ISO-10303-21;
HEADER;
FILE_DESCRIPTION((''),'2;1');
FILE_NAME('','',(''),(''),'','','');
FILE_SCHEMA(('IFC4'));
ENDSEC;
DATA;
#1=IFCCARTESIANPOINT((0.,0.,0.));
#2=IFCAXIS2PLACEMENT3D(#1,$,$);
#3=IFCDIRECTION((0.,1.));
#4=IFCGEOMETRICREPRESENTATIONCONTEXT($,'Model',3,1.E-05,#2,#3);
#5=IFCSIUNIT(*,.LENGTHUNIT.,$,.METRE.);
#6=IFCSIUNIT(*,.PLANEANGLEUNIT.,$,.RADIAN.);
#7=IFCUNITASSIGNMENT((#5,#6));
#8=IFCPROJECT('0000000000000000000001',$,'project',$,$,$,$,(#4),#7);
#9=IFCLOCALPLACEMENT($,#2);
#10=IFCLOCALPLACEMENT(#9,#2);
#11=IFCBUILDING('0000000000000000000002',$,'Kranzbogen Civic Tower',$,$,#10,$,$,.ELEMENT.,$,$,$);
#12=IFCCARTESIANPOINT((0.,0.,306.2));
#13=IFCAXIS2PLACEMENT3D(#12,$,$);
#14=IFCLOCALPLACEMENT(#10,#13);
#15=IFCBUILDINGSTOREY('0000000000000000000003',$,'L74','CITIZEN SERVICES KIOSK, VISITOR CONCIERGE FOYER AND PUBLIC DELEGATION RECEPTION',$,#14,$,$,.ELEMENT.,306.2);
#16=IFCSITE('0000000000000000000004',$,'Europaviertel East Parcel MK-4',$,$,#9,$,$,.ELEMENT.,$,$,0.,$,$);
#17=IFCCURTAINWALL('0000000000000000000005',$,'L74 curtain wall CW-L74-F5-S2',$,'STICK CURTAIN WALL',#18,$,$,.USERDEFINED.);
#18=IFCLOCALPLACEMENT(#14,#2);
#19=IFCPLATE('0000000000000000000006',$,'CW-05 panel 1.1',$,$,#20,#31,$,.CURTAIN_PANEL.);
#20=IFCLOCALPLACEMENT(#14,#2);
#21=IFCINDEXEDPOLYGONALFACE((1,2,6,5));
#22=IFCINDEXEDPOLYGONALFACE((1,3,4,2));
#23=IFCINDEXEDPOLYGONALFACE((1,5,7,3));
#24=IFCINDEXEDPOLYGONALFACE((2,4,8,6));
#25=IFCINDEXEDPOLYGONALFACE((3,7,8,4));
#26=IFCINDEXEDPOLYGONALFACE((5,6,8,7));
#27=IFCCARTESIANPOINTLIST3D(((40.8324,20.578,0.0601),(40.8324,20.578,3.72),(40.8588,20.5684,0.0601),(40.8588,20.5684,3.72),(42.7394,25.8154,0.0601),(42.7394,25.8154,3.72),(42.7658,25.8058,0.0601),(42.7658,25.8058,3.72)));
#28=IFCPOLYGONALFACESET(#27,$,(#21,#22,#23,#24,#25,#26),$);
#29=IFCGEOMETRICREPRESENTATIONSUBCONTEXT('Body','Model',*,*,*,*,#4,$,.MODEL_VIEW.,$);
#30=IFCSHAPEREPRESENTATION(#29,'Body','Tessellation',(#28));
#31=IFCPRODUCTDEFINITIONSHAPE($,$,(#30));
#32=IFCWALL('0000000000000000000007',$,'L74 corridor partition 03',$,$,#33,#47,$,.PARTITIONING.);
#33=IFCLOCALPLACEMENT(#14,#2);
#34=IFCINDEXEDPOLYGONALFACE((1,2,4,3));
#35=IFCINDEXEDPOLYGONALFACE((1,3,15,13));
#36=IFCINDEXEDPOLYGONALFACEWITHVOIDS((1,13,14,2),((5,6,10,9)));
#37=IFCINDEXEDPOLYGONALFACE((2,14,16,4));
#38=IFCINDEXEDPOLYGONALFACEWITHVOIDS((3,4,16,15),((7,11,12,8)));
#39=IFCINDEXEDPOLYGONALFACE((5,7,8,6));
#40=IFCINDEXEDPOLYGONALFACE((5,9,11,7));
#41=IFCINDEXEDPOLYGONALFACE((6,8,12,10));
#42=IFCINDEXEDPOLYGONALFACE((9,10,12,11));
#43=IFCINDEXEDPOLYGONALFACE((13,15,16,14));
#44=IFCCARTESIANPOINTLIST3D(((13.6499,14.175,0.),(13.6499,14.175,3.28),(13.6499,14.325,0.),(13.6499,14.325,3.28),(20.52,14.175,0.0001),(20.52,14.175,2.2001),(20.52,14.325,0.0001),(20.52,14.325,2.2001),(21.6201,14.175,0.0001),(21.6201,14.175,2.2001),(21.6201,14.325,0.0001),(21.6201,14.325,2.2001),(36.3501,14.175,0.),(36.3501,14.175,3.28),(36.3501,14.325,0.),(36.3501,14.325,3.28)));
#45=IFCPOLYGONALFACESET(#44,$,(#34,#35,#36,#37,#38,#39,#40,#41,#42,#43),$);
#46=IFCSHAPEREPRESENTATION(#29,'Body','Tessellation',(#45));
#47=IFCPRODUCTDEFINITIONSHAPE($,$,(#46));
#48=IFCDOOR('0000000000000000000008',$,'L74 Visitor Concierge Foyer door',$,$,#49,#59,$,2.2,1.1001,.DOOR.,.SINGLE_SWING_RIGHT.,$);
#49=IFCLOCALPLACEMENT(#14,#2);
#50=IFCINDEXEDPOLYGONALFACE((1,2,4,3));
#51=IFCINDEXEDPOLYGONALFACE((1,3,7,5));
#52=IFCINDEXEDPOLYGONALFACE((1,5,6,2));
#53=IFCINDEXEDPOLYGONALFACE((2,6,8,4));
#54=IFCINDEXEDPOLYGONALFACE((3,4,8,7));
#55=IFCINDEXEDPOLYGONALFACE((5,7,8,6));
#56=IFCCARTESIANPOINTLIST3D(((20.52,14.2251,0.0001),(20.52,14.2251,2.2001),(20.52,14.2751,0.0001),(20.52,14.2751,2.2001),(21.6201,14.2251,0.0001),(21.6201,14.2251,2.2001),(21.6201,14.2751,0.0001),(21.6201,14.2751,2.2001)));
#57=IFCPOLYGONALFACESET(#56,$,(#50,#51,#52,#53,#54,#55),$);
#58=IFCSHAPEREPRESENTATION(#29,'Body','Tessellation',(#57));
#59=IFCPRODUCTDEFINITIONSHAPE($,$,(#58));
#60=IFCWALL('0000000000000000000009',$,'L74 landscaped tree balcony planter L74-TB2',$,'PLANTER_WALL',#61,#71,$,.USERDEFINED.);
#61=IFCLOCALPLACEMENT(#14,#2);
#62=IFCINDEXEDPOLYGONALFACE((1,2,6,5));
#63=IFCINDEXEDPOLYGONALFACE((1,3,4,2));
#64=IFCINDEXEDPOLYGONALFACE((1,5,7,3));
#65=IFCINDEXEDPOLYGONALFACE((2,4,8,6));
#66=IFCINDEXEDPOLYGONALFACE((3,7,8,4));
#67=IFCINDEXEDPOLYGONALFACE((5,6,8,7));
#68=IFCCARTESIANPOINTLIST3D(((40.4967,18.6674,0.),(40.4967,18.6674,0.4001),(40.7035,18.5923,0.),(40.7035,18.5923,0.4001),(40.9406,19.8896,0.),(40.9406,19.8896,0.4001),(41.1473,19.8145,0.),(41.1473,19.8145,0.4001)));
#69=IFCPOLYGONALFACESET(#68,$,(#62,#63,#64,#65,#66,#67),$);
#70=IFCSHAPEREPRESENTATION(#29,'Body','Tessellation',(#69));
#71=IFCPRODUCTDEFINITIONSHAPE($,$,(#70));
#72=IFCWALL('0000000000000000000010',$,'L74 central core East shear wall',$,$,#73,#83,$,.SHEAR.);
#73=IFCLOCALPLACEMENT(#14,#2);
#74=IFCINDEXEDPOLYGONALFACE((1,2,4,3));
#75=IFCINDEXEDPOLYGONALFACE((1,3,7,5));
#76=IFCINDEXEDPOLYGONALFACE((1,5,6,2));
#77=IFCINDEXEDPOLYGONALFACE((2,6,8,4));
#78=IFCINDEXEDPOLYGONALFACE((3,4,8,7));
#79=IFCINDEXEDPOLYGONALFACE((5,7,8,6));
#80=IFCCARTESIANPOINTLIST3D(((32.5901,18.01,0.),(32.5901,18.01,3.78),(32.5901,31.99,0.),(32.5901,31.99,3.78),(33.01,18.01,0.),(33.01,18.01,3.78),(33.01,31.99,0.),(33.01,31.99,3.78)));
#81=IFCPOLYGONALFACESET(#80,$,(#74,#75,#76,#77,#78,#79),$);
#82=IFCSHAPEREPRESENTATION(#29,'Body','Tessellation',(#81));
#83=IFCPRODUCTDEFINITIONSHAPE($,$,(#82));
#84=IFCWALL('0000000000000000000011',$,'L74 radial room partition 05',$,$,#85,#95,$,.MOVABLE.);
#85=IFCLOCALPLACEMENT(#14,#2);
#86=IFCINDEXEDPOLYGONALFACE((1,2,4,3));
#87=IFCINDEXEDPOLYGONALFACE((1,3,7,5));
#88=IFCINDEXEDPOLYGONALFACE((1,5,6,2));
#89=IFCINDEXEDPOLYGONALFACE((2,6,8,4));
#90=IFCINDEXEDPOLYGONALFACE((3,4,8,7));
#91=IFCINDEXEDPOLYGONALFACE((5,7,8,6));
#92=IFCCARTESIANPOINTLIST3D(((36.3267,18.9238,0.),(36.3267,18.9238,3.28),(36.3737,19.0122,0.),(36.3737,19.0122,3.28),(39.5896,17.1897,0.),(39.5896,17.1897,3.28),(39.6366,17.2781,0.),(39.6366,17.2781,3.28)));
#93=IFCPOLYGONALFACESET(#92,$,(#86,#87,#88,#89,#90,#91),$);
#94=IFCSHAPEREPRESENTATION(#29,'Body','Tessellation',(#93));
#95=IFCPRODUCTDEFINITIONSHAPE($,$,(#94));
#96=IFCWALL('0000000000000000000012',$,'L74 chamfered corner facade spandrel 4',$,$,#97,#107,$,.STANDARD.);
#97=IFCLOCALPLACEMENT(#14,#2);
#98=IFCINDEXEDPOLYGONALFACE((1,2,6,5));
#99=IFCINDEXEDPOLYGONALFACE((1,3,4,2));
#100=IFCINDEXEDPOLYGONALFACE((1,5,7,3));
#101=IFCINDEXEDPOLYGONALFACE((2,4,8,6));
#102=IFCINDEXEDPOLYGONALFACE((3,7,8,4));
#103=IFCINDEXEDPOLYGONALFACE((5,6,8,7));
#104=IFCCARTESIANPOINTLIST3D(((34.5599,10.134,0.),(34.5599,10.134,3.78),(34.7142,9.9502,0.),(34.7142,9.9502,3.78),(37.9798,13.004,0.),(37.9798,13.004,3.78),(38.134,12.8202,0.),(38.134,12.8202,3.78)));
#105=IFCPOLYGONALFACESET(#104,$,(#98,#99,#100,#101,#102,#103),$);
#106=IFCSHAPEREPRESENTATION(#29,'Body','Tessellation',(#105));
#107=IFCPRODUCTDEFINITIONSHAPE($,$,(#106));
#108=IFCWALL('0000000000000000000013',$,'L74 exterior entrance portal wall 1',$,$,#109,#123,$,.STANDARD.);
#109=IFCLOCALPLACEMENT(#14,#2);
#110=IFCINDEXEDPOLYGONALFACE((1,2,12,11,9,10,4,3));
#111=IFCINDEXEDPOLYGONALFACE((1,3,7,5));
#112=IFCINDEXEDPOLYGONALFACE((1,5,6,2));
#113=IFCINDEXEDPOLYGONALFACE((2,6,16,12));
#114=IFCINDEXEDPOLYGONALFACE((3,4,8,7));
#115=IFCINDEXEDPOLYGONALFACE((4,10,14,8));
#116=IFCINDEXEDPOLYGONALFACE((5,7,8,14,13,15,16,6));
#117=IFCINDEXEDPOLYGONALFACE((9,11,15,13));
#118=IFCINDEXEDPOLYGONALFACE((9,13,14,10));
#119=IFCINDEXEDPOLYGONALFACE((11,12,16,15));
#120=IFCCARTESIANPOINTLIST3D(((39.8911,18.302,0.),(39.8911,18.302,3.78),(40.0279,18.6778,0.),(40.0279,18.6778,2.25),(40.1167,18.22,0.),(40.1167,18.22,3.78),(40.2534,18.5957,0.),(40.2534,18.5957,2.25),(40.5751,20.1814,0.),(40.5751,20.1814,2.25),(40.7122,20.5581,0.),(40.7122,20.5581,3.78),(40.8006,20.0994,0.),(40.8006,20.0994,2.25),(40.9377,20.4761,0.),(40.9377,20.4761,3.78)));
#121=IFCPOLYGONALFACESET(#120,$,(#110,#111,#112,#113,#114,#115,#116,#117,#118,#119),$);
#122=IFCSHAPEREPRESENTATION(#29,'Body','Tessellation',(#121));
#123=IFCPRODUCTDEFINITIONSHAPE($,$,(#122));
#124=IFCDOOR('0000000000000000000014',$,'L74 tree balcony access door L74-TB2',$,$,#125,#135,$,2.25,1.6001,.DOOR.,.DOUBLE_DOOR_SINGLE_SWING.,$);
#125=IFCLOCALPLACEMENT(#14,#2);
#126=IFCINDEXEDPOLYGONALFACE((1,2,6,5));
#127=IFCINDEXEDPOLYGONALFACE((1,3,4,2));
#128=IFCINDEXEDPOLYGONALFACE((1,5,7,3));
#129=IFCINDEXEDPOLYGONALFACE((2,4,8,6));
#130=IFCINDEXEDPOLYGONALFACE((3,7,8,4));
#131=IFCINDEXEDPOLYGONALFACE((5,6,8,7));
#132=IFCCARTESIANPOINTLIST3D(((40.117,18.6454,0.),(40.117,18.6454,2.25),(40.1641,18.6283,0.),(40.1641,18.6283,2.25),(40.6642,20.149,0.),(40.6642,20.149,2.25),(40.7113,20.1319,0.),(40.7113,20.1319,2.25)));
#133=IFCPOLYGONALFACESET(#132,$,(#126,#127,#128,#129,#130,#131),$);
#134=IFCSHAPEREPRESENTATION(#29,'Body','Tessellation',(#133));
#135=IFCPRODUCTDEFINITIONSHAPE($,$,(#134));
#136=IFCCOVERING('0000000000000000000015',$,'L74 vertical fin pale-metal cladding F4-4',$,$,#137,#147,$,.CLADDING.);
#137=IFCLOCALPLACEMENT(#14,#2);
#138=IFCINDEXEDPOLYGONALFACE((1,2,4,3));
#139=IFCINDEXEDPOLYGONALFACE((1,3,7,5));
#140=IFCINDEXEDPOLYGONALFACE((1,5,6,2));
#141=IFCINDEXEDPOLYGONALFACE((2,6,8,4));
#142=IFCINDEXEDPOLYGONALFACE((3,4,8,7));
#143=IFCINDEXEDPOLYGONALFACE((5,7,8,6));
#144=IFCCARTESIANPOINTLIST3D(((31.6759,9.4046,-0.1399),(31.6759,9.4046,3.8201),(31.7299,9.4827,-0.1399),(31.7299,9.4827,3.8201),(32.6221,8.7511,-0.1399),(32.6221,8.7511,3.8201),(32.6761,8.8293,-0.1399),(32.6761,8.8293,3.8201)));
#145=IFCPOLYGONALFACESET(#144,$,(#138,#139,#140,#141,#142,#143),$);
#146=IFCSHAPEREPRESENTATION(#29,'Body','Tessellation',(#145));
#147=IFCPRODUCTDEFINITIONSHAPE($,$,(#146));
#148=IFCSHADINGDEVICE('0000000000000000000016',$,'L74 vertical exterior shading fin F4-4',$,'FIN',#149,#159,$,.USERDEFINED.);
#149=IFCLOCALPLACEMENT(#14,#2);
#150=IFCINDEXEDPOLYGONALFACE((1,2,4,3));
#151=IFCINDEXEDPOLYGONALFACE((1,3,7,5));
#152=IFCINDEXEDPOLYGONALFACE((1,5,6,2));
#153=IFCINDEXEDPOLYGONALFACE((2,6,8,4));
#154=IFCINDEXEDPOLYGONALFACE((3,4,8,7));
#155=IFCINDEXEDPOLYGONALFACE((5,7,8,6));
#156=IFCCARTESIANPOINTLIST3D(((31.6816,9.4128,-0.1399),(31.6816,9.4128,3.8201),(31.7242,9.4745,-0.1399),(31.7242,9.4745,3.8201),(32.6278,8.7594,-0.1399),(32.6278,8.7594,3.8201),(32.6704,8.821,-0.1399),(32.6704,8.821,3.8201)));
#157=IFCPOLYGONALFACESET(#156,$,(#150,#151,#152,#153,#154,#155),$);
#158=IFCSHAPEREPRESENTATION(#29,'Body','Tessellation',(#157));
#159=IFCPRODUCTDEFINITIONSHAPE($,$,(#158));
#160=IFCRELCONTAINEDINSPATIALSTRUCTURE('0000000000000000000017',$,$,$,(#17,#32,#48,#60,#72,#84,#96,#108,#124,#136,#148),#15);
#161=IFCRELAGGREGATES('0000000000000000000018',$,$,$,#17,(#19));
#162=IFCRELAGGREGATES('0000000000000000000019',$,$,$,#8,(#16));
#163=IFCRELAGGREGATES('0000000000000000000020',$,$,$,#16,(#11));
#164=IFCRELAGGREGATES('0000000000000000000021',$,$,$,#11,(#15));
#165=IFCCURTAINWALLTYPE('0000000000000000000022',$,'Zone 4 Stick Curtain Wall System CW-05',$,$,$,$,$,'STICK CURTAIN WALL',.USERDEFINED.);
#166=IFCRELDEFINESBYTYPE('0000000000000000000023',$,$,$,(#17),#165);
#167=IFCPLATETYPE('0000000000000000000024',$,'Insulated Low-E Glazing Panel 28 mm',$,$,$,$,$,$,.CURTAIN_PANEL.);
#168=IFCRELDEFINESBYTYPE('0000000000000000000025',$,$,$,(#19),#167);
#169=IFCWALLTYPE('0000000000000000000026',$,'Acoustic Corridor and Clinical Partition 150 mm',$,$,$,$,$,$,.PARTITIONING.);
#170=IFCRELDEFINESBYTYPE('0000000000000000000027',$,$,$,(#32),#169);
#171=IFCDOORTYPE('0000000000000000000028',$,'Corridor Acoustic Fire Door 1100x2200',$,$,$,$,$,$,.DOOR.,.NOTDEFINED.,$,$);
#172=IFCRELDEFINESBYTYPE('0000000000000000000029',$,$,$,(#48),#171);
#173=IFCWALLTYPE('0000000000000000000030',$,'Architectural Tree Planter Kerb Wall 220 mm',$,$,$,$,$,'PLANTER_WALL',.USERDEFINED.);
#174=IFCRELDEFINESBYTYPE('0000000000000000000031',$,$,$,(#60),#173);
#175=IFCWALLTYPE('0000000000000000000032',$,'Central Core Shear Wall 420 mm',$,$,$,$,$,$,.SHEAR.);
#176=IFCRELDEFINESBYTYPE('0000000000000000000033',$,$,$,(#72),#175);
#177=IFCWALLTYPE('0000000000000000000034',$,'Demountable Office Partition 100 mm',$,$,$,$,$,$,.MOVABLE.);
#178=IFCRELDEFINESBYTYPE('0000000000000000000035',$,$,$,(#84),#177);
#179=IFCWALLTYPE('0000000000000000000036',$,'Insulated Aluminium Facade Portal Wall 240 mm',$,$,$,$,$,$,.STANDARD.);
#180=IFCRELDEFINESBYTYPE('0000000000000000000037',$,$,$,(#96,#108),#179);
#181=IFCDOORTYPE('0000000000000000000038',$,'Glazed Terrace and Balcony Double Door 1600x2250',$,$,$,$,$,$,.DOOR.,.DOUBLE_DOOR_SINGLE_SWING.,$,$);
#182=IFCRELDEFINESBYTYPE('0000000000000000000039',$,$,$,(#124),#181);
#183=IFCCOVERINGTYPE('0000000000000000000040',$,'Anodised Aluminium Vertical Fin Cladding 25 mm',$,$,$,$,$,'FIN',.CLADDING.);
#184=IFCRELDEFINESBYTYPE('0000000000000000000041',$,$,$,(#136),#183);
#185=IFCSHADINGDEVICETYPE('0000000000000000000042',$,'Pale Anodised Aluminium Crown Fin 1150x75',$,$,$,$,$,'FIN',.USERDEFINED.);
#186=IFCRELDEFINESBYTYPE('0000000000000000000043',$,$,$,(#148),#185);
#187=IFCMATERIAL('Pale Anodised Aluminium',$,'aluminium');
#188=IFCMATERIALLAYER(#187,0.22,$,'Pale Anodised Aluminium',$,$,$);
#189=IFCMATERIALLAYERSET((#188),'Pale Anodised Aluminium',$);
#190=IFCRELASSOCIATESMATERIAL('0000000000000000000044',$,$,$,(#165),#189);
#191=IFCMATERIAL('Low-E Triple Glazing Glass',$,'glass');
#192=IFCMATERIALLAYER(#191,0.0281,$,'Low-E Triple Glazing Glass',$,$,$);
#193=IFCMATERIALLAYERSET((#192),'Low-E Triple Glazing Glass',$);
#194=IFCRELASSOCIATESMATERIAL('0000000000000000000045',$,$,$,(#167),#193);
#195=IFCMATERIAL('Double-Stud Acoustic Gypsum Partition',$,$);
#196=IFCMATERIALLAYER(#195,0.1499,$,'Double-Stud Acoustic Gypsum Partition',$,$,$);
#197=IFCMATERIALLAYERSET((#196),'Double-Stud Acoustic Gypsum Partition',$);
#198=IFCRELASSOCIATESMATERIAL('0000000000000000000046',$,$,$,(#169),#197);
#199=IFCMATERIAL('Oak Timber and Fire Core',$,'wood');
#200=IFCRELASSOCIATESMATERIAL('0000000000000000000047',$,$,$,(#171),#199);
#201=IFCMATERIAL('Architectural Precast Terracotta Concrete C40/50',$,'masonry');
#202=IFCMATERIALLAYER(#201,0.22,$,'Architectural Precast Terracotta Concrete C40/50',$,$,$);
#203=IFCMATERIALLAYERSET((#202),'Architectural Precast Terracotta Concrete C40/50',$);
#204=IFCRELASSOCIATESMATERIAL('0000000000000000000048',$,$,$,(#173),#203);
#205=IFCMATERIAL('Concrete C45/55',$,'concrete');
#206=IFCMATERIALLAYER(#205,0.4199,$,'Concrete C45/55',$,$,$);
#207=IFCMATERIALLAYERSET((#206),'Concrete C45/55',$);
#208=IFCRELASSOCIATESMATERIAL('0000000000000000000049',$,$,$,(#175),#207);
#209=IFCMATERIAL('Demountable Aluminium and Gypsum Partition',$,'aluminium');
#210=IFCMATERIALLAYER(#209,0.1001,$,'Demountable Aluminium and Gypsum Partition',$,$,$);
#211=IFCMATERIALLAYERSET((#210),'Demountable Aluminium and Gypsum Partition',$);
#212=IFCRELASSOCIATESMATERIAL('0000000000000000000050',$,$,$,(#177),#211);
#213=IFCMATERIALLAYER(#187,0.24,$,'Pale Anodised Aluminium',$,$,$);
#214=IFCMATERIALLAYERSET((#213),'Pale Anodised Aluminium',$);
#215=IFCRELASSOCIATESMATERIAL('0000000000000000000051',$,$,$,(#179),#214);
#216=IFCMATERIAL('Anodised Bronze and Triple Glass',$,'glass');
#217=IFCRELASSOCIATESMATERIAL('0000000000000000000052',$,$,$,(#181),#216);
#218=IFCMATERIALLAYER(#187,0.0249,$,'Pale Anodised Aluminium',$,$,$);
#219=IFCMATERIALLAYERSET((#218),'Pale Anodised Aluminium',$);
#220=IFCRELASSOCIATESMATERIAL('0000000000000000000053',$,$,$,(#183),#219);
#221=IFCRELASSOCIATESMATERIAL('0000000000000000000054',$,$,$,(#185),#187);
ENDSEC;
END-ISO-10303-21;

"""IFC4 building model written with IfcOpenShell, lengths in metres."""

from ifc_helpers import new_model, si_unit, direction, frame, frame_2d, origin, origin_2d, place, context, subcontext, project, spatial, rectangle, extrude, material, layer, layer_set, type_object, element, fill, aggregate, save


model = new_model("IFC4")

# Units and contexts
model_context = context("Model", 3, precision=1e-05, world=origin(), true_north=direction((0.0, 1.0)))
body_context = subcontext(model_context, "Body", "Model", "MODEL_VIEW")
ifc_project = project(units=[si_unit("LENGTHUNIT", "METRE"), si_unit("PLANEANGLEUNIT", "RADIAN")], contexts=[model_context])

# Site, building, storey
site_placement = place(None, origin())
site = spatial("IfcSite", under=ifc_project, at=site_placement, Name="Europaviertel East Parcel MK-4", CompositionType="ELEMENT", RefElevation=0.0)
building_placement = place(site_placement, origin())
building = spatial("IfcBuilding", under=site, at=building_placement, Name="Kranzbogen Civic Tower", CompositionType="ELEMENT")
storey_placement = place(building_placement, frame((0.0, 0.0, 306.2)))
storey = spatial("IfcBuildingStorey", under=building, at=storey_placement, Name="L74", Description="CITIZEN SERVICES KIOSK, VISITOR CONCIERGE FOYER AND PUBLIC DELEGATION RECEPTION", CompositionType="ELEMENT", Elevation=306.2)

# Shared definitions
ifc_material_1 = material(Name="Pale Anodised Aluminium", Category="aluminium")
ifc_layer_1 = layer(ifc_material_1, 0.22, Name="Pale Anodised Aluminium")
ifc_layer_set_1 = layer_set([ifc_layer_1], Name="Pale Anodised Aluminium")
curtain_wall_type = type_object("IfcCurtainWallType", Name="Zone 4 Stick Curtain Wall System CW-05", ElementType="STICK CURTAIN WALL", PredefinedType="USERDEFINED", material=ifc_layer_set_1)

# Curtain wall
curtain_wall_1_placement = place(storey_placement, origin())
curtain_wall_1 = element("IfcCurtainWall", 1, at=curtain_wall_1_placement, inside=storey, type_object=curtain_wall_type, Name="L74 curtain wall CW-L74-F5-S2", ObjectType="STICK CURTAIN WALL", PredefinedType="USERDEFINED")

# Plate
ifc_material_2 = material(Name="Low-E Triple Glazing Glass", Category="glass")
ifc_layer_2 = layer(ifc_material_2, 0.0281, Name="Low-E Triple Glazing Glass")
ifc_layer_set_2 = layer_set([ifc_layer_2], Name="Low-E Triple Glazing Glass")
plate_type = type_object("IfcPlateType", Name="Insulated Low-E Glazing Panel 28 mm", PredefinedType="CURTAIN_PANEL", material=ifc_layer_set_2)
plate_1_placement = place(storey_placement, frame((41.7991, 23.1919, 0.0601), z_axis=(0.0, 0.0, 1.0), x_axis=(0.342138, 0.93965, 0.0)))
plate_1 = element("IfcPlate", 2, at=plate_1_placement, type_object=plate_type, Name="CW-05 panel 1.1", PredefinedType="CURTAIN_PANEL", context=body_context, shape_type="SweptSolid", body=[
    extrude(rectangle(XDim=5.5737, YDim=0.0281, at=origin_2d()), origin(), (0.0, 0.0, 1.0), 3.6599),
])
aggregate(curtain_wall_1, [plate_1])

# Wall, opening, door
ifc_material_3 = material(Name="Double-Stud Acoustic Gypsum Partition")
ifc_layer_3 = layer(ifc_material_3, 0.1499, Name="Double-Stud Acoustic Gypsum Partition")
ifc_layer_set_3 = layer_set([ifc_layer_3], Name="Double-Stud Acoustic Gypsum Partition")
wall_type_1 = type_object("IfcWallType", Name="Acoustic Corridor and Clinical Partition 150 mm", PredefinedType="PARTITIONING", material=ifc_layer_set_3)
wall_1_placement = place(storey_placement, frame((36.3501, 14.25, 0.0), z_axis=(0.0, 0.0, 1.0), x_axis=(-1.0, 0.0, 0.0)))
wall_1 = element("IfcWall", 3, at=wall_1_placement, inside=storey, type_object=wall_type_1, Name="L74 corridor partition 03", PredefinedType="PARTITIONING", context=body_context, shape_type="SweptSolid", body=[
    extrude(rectangle(XDim=22.7002, YDim=0.1499, at=frame_2d((11.3501, 0.0))), origin(), (0.0, 0.0, 1.0), 3.28),
])
opening_1_placement = place(wall_1_placement, frame((14.73, 0.0, 0.0)))
opening_1 = element("IfcOpeningElement", 4, at=opening_1_placement, cuts=wall_1, PredefinedType="OPENING", context=body_context, shape_type="SweptSolid", body=[
    extrude(rectangle(XDim=1.1001, YDim=2.2, at=frame_2d((0.55, 1.1001))), frame((0.0, 0.085, 0.0), z_axis=(0.0, -1.0, 0.0), x_axis=(1.0, 0.0, 0.0)), (0.0, 0.0, 1.0), 0.1699),
])
ifc_material_4 = material(Name="Oak Timber and Fire Core", Category="wood")
door_type_1 = type_object("IfcDoorType", Name="Corridor Acoustic Fire Door 1100x2200", OperationType="NOTDEFINED", PredefinedType="DOOR", material=ifc_material_4)
door_1_placement = place(opening_1_placement, origin())
door_1 = element("IfcDoor", 5, at=door_1_placement, inside=storey, type_object=door_type_1, Name="L74 Visitor Concierge Foyer door", OperationType="SINGLE_SWING_RIGHT", OverallHeight=2.2, OverallWidth=1.1001, PredefinedType="DOOR", context=body_context, shape_type="SweptSolid", body=[
    extrude(rectangle(XDim=1.1001, YDim=2.2, at=frame_2d((0.55, 1.1001))), frame((0.0, 0.0249, 0.0), z_axis=(0.0, -1.0, 0.0), x_axis=(1.0, 0.0, 0.0)), (0.0, 0.0, 1.0), 0.05),
])
fill(opening_1, door_1)

# Walls
ifc_material_5 = material(Name="Architectural Precast Terracotta Concrete C40/50", Category="masonry")
ifc_layer_4 = layer(ifc_material_5, 0.22, Name="Architectural Precast Terracotta Concrete C40/50")
ifc_layer_set_4 = layer_set([ifc_layer_4], Name="Architectural Precast Terracotta Concrete C40/50")
wall_type_2 = type_object("IfcWallType", Name="Architectural Tree Planter Kerb Wall 220 mm", ElementType="PLANTER_WALL", PredefinedType="USERDEFINED", material=ifc_layer_set_4)
wall_2_placement = place(storey_placement, frame((40.6001, 18.6299, 0.0), z_axis=(0.0, 0.0, 1.0), x_axis=(0.341351, 0.939936, 0.0)))
element("IfcWall", 6, at=wall_2_placement, inside=storey, type_object=wall_type_2, Name="L74 landscaped tree balcony planter L74-TB2", ObjectType="PLANTER_WALL", PredefinedType="USERDEFINED", context=body_context, shape_type="SweptSolid", body=[
    extrude(rectangle(XDim=1.3003, YDim=0.22, at=frame_2d((0.6501, 0.0))), origin(), (0.0, 0.0, 1.0), 0.4001),
])
ifc_material_6 = material(Name="Concrete C45/55", Category="concrete")
ifc_layer_5 = layer(ifc_material_6, 0.4199, Name="Concrete C45/55")
ifc_layer_set_5 = layer_set([ifc_layer_5], Name="Concrete C45/55")
wall_type_3 = type_object("IfcWallType", Name="Central Core Shear Wall 420 mm", PredefinedType="SHEAR", material=ifc_layer_set_5)
wall_3_placement = place(storey_placement, frame((32.8, 18.01, 0.0), z_axis=(0.0, 0.0, 1.0), x_axis=(0.0, 1.0, 0.0)))
element("IfcWall", 7, at=wall_3_placement, inside=storey, type_object=wall_type_3, Name="L74 central core East shear wall", PredefinedType="SHEAR", context=body_context, shape_type="SweptSolid", body=[
    extrude(rectangle(XDim=13.98, YDim=0.4199, at=frame_2d((6.99, 0.0))), origin(), (0.0, 0.0, 1.0), 3.78),
])
ifc_material_7 = material(Name="Demountable Aluminium and Gypsum Partition", Category="aluminium")
ifc_layer_6 = layer(ifc_material_7, 0.1001, Name="Demountable Aluminium and Gypsum Partition")
ifc_layer_set_6 = layer_set([ifc_layer_6], Name="Demountable Aluminium and Gypsum Partition")
wall_type_4 = type_object("IfcWallType", Name="Demountable Office Partition 100 mm", PredefinedType="MOVABLE", material=ifc_layer_set_6)
wall_4_placement = place(storey_placement, frame((36.3501, 18.968, 0.0), z_axis=(0.0, 0.0, 1.0), x_axis=(0.883038, -0.469302, 0.0)))
element("IfcWall", 8, at=wall_4_placement, inside=storey, type_object=wall_type_4, Name="L74 radial room partition 05", PredefinedType="MOVABLE", context=body_context, shape_type="SweptSolid", body=[
    extrude(rectangle(XDim=3.6951, YDim=0.1001, at=frame_2d((1.8477, 0.0))), origin(), (0.0, 0.0, 1.0), 3.28),
])
ifc_layer_7 = layer(ifc_material_1, 0.24, Name="Pale Anodised Aluminium")
ifc_layer_set_7 = layer_set([ifc_layer_7], Name="Pale Anodised Aluminium")
wall_type_5 = type_object("IfcWallType", Name="Insulated Aluminium Facade Portal Wall 240 mm", PredefinedType="STANDARD", material=ifc_layer_set_7)
wall_5_placement = place(storey_placement, frame((34.637, 10.042, 0.0), z_axis=(0.0, 0.0, 1.0), x_axis=(0.765993, 0.642848, 0.0)))
element("IfcWall", 9, at=wall_5_placement, inside=storey, type_object=wall_type_5, Name="L74 chamfered corner facade spandrel 4", PredefinedType="STANDARD", context=body_context, shape_type="SweptSolid", body=[
    extrude(rectangle(XDim=4.4646, YDim=0.24, at=frame_2d((2.2324, 0.0))), origin(), (0.0, 0.0, 1.0), 3.78),
])

# Wall, opening, door
wall_6_placement = place(storey_placement, frame((40.0039, 18.261, 0.0), z_axis=(0.0, 0.0, 1.0), x_axis=(0.34198, 0.939707, 0.0)))
wall_6 = element("IfcWall", 10, at=wall_6_placement, inside=storey, type_object=wall_type_5, Name="L74 exterior entrance portal wall 1", PredefinedType="STANDARD", context=body_context, shape_type="SweptSolid", body=[
    extrude(rectangle(XDim=2.4009, YDim=0.24, at=frame_2d((1.2004, 0.0))), origin(), (0.0, 0.0, 1.0), 3.78),
])
opening_2_placement = place(wall_6_placement, frame((0.3999, 0.0, 0.0)))
opening_2 = element("IfcOpeningElement", 11, at=opening_2_placement, cuts=wall_6, PredefinedType="OPENING", context=body_context, shape_type="SweptSolid", body=[
    extrude(rectangle(XDim=1.6001, YDim=2.25, at=frame_2d((0.8, 1.125))), frame((0.0, 0.1299, 0.0), z_axis=(0.0, -1.0, 0.0), x_axis=(1.0, 0.0, 0.0)), (0.0, 0.0, 1.0), 0.26),
])
ifc_material_8 = material(Name="Anodised Bronze and Triple Glass", Category="glass")
door_type_2 = type_object("IfcDoorType", Name="Glazed Terrace and Balcony Double Door 1600x2250", OperationType="DOUBLE_DOOR_SINGLE_SWING", PredefinedType="DOOR", material=ifc_material_8)
door_2_placement = place(opening_2_placement, frame((1.6001, 0.0, 0.0), z_axis=(0.0, 0.0, 1.0), x_axis=(-1.0, 0.0, 0.0)))
door_2 = element("IfcDoor", 12, at=door_2_placement, inside=storey, type_object=door_type_2, Name="L74 tree balcony access door L74-TB2", OperationType="DOUBLE_DOOR_SINGLE_SWING", OverallHeight=2.25, OverallWidth=1.6001, PredefinedType="DOOR", context=body_context, shape_type="SweptSolid", body=[
    extrude(rectangle(XDim=1.6001, YDim=2.25, at=frame_2d((0.8, 1.125))), frame((0.0, 0.0249, 0.0), z_axis=(0.0, -1.0, 0.0), x_axis=(1.0, 0.0, 0.0)), (0.0, 0.0, 1.0), 0.05),
])
fill(opening_2, door_2)

# Covering
ifc_layer_8 = layer(ifc_material_1, 0.0249, Name="Pale Anodised Aluminium")
ifc_layer_set_8 = layer_set([ifc_layer_8], Name="Pale Anodised Aluminium")
covering_type = type_object("IfcCoveringType", Name="Anodised Aluminium Vertical Fin Cladding 25 mm", ElementType="FIN", PredefinedType="CLADDING", material=ifc_layer_set_8)
covering_placement = place(storey_placement, frame((32.176, 9.1169, -0.1399), z_axis=(0.0, 0.0, 1.0), x_axis=(0.822839, -0.568275, 0.0)))
element("IfcCovering", 13, at=covering_placement, inside=storey, type_object=covering_type, Name="L74 vertical fin pale-metal cladding F4-4", PredefinedType="CLADDING", context=body_context, shape_type="SweptSolid", body=[
    extrude(rectangle(XDim=1.1499, YDim=0.095, at=origin_2d()), origin(), (0.0, 0.0, 1.0), 3.96),
])

# Shading device
shading_device_type = type_object("IfcShadingDeviceType", Name="Pale Anodised Aluminium Crown Fin 1150x75", ElementType="FIN", PredefinedType="USERDEFINED", material=ifc_material_1)
shading_device_placement = place(storey_placement, frame((32.176, 9.1169, -0.1399), z_axis=(0.0, 0.0, 1.0), x_axis=(0.822839, -0.568275, 0.0)))
element("IfcShadingDevice", 14, at=shading_device_placement, inside=storey, type_object=shading_device_type, Name="L74 vertical exterior shading fin F4-4", ObjectType="FIN", PredefinedType="USERDEFINED", context=body_context, shape_type="SweptSolid", body=[
    extrude(rectangle(XDim=1.1499, YDim=0.075, at=origin_2d()), origin(), (0.0, 0.0, 1.0), 3.96),
])

save(model, "model.ifc")
